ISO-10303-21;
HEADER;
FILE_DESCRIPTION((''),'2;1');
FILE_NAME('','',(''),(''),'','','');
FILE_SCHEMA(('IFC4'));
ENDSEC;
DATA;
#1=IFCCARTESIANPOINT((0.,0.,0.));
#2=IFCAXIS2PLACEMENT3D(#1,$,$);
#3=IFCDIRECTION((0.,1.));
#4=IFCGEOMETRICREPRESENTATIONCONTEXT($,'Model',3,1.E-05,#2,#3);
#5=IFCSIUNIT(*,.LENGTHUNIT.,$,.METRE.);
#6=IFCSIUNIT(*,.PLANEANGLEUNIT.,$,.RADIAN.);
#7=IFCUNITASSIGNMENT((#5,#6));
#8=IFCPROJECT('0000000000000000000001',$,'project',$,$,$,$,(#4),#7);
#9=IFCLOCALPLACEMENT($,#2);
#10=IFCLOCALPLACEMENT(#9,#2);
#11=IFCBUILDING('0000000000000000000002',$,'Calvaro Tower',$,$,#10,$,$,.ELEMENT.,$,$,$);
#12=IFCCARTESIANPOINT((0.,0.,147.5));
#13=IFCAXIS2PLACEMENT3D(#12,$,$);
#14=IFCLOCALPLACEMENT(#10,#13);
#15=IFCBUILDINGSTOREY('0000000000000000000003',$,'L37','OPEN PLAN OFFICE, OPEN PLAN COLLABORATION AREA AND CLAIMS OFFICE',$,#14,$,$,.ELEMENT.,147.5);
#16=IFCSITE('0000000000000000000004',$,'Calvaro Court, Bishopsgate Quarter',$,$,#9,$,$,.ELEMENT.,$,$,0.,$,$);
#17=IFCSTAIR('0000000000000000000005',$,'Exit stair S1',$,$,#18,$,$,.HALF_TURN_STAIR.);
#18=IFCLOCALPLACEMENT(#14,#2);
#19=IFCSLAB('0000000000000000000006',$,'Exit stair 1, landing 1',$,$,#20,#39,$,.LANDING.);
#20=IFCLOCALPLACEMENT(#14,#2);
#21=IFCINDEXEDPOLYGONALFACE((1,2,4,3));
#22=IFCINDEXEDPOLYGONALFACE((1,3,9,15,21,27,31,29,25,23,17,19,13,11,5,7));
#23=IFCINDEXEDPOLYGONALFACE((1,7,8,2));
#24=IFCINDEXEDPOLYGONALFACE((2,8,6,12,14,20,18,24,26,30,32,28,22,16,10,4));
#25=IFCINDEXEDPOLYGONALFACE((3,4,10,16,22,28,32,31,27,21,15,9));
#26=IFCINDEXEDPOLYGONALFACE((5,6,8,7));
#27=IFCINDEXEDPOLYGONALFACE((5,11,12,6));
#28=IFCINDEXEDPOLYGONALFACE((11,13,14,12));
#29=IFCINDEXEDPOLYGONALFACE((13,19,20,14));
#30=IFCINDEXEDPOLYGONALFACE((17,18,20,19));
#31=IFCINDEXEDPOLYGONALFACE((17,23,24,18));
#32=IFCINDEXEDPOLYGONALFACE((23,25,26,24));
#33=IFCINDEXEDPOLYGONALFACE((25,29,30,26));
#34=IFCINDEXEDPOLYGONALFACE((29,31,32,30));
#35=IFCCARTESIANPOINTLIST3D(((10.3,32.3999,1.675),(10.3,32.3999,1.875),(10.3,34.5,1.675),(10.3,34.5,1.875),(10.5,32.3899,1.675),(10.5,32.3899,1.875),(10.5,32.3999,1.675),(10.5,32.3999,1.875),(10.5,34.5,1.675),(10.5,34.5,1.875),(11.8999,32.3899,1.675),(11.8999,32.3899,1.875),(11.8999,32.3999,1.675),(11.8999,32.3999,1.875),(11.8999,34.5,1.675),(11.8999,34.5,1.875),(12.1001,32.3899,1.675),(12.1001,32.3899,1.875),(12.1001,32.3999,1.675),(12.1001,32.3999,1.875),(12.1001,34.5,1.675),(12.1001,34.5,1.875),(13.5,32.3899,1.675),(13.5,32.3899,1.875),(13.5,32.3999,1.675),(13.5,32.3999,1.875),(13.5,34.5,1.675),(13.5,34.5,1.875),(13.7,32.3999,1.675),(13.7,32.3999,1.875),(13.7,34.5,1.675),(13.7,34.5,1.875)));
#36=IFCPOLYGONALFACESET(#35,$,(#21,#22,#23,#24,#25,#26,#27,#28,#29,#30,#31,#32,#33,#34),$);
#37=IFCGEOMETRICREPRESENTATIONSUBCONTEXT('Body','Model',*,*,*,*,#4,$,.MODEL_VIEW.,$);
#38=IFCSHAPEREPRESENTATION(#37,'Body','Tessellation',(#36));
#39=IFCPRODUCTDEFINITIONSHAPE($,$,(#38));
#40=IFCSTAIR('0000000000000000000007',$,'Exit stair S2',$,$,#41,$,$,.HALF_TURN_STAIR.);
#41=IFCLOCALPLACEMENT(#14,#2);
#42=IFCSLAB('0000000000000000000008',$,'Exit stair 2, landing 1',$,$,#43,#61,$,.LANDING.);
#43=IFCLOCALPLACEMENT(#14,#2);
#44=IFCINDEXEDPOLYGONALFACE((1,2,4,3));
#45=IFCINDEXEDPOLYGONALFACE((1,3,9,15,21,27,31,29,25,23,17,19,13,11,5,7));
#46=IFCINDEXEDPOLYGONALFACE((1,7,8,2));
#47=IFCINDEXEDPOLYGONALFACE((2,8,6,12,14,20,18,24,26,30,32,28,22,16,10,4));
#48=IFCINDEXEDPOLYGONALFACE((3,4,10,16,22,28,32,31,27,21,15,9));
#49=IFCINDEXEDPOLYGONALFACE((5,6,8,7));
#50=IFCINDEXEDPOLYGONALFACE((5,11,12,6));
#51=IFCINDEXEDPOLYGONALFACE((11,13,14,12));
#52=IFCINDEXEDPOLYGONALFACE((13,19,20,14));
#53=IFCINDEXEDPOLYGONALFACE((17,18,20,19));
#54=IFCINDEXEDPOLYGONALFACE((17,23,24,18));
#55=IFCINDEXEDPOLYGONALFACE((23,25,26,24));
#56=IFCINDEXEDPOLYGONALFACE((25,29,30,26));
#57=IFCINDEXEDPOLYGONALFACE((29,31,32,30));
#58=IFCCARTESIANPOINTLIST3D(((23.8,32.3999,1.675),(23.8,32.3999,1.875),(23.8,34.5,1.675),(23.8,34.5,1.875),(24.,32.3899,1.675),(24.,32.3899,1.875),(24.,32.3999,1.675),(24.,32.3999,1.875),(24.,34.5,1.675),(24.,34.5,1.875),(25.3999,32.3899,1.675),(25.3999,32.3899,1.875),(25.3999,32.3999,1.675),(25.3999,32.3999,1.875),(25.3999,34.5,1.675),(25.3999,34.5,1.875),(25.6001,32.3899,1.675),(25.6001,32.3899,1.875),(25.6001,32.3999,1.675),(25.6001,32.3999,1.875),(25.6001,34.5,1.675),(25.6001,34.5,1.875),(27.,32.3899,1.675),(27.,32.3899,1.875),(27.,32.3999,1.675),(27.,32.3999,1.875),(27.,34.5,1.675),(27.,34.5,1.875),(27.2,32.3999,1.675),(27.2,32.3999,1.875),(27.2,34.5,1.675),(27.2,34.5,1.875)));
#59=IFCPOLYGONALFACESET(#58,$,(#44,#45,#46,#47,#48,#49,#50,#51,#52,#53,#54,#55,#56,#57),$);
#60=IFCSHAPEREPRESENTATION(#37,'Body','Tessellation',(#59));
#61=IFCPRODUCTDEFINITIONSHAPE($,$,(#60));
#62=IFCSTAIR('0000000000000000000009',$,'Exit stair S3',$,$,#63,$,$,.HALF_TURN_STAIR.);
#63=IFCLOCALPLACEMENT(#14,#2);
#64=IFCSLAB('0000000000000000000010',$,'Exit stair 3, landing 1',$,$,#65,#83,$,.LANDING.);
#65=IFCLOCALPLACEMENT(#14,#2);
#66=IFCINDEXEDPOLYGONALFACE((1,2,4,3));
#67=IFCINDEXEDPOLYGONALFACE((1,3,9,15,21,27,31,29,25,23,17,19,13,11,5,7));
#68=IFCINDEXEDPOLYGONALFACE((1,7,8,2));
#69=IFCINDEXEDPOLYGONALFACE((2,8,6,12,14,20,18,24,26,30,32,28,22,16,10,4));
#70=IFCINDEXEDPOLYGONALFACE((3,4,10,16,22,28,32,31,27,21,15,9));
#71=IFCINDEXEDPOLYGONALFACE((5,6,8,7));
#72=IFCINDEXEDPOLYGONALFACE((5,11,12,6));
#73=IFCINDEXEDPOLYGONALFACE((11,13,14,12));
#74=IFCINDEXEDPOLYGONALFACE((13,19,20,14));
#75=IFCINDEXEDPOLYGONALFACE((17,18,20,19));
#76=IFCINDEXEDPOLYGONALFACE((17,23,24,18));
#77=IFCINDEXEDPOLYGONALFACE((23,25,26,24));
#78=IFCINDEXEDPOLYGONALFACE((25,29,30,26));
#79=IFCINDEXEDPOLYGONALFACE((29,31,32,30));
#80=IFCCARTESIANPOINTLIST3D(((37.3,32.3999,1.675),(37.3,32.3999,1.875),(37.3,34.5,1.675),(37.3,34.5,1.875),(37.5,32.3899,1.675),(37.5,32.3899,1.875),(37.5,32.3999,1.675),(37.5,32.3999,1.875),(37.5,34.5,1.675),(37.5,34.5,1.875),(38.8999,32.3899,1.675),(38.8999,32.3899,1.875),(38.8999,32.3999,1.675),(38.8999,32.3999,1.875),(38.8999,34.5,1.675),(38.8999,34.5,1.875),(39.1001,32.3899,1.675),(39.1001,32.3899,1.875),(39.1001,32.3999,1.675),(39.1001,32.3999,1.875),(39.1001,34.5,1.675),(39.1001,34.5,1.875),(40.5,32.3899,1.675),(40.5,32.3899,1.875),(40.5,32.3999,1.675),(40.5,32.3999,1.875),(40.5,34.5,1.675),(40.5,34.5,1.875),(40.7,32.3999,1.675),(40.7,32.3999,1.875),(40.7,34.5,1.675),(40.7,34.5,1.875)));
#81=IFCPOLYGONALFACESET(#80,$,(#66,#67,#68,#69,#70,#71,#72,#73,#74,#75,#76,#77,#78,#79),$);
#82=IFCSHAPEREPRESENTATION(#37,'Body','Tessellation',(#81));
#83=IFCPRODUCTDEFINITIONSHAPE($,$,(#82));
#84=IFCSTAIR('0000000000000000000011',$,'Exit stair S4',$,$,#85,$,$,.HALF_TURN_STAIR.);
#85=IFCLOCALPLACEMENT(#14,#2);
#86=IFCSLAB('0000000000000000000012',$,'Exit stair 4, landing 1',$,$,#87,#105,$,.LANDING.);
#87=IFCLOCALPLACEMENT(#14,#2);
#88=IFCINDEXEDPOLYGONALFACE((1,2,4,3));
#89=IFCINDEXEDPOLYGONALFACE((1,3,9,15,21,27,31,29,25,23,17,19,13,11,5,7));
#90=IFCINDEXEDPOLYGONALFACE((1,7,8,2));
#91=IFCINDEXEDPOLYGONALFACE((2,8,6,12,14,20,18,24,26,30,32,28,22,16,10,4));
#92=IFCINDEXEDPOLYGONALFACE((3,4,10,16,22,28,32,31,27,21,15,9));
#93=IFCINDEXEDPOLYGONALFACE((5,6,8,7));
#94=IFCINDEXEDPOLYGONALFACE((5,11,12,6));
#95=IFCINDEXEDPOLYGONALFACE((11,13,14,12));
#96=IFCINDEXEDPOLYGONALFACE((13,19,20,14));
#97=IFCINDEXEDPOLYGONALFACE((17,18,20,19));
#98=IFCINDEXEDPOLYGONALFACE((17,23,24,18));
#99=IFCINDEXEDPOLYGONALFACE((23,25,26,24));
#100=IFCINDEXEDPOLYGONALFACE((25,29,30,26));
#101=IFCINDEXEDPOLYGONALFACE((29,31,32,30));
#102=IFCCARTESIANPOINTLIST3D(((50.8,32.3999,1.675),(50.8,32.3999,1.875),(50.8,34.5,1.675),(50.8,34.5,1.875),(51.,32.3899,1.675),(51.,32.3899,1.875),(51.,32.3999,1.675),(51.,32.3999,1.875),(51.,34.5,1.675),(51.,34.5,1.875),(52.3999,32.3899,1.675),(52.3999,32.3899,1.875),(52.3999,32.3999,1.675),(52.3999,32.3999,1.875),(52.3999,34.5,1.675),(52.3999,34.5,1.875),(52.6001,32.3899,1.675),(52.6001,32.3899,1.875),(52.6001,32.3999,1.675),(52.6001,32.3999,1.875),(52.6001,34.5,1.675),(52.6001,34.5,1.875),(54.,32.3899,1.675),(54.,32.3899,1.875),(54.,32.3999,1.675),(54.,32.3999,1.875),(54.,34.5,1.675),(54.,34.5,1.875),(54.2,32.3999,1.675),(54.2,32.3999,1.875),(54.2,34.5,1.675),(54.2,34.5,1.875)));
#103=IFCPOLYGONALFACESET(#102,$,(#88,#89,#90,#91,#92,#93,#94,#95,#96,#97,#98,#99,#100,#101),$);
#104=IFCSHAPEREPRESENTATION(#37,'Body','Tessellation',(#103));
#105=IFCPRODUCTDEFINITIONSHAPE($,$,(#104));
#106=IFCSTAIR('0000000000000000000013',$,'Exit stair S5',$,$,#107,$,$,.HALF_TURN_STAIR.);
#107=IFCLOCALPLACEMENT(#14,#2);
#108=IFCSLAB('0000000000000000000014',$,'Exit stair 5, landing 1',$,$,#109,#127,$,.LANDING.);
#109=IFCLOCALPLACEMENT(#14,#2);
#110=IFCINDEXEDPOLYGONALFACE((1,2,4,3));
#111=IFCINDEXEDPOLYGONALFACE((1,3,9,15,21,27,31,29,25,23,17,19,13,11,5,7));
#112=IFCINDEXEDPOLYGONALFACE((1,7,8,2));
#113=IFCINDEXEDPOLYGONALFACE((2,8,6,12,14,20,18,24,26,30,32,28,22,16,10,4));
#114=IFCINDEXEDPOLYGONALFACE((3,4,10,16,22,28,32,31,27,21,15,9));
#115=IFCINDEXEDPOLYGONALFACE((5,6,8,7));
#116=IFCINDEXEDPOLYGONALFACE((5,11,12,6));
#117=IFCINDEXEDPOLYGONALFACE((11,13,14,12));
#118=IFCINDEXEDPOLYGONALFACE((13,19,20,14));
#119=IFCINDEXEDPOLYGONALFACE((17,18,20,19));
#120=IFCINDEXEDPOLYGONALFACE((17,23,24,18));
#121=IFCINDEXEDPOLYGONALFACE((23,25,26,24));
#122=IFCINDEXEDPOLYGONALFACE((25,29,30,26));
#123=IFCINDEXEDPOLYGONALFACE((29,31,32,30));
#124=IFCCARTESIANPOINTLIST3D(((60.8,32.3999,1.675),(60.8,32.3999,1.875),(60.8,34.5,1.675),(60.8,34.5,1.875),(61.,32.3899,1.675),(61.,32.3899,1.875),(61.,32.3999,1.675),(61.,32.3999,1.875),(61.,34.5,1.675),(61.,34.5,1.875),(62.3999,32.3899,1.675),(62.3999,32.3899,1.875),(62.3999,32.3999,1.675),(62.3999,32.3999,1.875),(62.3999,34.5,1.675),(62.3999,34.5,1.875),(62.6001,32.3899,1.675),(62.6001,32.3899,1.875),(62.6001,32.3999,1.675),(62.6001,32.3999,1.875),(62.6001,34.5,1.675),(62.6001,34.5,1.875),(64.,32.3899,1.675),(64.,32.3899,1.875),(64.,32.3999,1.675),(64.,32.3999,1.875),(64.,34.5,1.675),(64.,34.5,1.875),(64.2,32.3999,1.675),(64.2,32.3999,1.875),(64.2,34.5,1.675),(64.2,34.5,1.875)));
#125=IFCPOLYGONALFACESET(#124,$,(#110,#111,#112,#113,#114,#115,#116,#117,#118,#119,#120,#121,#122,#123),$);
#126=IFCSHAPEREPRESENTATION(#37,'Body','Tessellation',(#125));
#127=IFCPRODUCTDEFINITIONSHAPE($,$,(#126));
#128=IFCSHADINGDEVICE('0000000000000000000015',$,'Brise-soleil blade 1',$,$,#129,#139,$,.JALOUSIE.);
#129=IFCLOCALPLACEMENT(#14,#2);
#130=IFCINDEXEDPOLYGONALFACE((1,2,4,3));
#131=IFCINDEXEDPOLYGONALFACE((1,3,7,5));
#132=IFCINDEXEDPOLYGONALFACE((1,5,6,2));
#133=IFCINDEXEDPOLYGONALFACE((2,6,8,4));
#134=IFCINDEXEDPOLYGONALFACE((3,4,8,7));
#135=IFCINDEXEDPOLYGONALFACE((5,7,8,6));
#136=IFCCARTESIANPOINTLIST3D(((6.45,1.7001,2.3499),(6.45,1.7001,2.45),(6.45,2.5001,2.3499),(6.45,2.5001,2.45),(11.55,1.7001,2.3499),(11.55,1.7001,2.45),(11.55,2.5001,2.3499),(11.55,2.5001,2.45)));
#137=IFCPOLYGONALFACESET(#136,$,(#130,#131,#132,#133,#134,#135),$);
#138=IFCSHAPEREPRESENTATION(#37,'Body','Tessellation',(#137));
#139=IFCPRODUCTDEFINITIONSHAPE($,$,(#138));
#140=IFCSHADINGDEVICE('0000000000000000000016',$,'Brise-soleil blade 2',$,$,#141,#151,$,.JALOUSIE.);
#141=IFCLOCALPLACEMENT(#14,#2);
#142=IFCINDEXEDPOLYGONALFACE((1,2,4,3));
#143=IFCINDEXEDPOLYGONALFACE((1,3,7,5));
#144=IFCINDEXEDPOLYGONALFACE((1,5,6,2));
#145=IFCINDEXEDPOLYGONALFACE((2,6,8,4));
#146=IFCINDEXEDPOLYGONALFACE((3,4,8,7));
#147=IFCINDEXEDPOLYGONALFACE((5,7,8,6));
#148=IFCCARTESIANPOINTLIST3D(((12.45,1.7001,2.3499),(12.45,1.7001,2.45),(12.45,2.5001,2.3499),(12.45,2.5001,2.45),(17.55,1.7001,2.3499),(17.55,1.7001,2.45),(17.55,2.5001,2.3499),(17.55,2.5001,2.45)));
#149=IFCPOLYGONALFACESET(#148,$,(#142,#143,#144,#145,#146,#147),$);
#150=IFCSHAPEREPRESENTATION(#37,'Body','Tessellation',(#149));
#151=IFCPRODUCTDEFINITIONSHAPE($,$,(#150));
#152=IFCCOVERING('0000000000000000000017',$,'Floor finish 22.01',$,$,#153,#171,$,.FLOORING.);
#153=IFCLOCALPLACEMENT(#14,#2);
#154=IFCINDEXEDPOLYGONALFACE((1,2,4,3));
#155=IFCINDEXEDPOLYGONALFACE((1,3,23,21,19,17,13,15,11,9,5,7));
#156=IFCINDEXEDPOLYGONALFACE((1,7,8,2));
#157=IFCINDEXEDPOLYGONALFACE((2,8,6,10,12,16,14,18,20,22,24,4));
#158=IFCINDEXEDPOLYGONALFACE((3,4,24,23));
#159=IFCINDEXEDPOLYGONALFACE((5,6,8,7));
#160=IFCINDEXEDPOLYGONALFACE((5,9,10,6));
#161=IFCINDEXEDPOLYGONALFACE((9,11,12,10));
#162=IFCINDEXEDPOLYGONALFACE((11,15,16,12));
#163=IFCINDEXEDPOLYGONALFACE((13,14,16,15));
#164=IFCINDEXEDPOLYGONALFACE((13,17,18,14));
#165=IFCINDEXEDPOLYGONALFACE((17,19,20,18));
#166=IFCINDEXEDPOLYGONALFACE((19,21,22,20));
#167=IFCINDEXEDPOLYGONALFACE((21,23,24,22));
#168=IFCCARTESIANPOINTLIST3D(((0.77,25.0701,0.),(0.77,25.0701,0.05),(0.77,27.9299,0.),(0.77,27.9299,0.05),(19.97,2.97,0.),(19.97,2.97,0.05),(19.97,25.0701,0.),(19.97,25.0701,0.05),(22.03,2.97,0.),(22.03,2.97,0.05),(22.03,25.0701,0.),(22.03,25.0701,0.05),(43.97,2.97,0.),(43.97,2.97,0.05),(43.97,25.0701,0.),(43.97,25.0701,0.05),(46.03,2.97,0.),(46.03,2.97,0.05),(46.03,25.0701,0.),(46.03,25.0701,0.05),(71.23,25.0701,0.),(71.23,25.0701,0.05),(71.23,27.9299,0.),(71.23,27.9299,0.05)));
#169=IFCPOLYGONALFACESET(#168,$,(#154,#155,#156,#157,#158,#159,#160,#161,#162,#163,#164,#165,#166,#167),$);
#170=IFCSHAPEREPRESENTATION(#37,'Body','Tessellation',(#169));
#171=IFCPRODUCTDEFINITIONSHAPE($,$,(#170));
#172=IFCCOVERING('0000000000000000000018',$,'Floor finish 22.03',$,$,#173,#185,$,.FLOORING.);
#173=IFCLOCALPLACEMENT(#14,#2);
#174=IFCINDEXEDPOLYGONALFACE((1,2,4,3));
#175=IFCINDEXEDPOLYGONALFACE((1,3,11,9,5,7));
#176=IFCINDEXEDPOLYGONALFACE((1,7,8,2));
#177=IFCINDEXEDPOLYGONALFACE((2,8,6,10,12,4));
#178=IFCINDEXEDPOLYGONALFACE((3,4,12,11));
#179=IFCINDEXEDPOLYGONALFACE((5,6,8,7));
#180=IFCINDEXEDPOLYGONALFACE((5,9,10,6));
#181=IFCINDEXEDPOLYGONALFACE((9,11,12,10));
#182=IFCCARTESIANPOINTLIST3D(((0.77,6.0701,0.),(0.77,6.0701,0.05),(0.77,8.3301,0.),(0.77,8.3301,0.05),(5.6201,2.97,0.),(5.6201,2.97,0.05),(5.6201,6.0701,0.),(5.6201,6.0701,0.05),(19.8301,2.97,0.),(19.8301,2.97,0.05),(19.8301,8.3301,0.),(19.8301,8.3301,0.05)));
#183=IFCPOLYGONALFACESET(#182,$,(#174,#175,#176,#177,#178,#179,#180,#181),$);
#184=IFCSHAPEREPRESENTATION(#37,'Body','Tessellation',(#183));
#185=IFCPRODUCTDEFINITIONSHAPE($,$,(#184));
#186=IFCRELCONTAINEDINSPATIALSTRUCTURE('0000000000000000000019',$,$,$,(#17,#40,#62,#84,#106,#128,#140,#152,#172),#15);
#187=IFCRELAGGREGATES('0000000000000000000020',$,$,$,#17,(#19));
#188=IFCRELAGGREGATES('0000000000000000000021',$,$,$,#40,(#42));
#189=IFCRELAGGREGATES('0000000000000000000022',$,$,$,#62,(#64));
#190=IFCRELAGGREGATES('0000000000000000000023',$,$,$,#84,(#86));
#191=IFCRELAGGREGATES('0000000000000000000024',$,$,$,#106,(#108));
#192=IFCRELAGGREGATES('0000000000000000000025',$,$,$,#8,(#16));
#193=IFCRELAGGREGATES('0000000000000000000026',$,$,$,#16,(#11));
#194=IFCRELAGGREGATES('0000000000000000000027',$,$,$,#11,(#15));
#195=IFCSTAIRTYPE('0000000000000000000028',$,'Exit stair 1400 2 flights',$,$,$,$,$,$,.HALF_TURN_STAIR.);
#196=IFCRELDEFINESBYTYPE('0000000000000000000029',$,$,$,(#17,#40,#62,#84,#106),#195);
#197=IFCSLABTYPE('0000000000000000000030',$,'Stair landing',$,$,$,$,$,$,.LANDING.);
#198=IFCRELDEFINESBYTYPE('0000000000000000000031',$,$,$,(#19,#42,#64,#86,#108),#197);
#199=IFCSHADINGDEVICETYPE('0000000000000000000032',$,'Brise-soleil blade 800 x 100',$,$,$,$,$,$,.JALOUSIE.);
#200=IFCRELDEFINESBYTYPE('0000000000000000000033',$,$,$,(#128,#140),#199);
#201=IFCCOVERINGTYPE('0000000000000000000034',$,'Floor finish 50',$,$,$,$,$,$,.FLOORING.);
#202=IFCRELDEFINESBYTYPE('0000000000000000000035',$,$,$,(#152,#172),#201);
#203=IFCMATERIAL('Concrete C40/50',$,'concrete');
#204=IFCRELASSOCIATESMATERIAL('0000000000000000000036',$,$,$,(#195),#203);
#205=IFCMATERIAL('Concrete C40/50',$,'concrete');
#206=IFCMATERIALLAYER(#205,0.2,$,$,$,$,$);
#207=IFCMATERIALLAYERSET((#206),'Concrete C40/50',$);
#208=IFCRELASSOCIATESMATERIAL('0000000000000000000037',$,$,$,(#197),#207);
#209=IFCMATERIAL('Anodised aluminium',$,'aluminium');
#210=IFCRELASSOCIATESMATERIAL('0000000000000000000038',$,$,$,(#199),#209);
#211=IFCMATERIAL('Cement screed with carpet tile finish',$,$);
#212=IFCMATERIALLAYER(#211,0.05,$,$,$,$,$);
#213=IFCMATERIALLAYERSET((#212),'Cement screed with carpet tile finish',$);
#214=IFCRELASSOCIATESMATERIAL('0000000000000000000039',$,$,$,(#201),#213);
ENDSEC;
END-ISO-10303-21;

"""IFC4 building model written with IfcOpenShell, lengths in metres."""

from ifc_helpers import new_model, si_unit, direction, frame, origin, origin_2d, place, context, subcontext, project, spatial, polyline, rectangle, outline, extrude, material, layer, layer_set, material_profile, profile_set, type_object, element, aggregate, save


model = new_model("IFC4")

# Units and contexts
model_context = context("Model", 3, precision=1e-05, world=origin(), true_north=direction((0.0, 1.0)))
body_context = subcontext(model_context, "Body", "Model", "MODEL_VIEW")
ifc_project = project(units=[si_unit("LENGTHUNIT", "METRE"), si_unit("PLANEANGLEUNIT", "RADIAN")], contexts=[model_context])

# Site, building, storey
site_placement = place(None, origin())
site = spatial("IfcSite", under=ifc_project, at=site_placement, Name="Calvaro Court, Bishopsgate Quarter", CompositionType="ELEMENT", RefElevation=0.0)
building_placement = place(site_placement, origin())
building = spatial("IfcBuilding", under=site, at=building_placement, Name="Calvaro Tower", CompositionType="ELEMENT")
storey_placement = place(building_placement, frame((0.0, 0.0, 147.5)))
storey = spatial("IfcBuildingStorey", under=building, at=storey_placement, Name="L37", Description="OPEN PLAN OFFICE, OPEN PLAN COLLABORATION AREA AND CLAIMS OFFICE", CompositionType="ELEMENT", Elevation=147.5)

# Stairs, slabs
ifc_material_1 = material(Name="Concrete C40/50", Category="concrete")
stair_type = type_object("IfcStairType", Name="Exit stair 1400 2 flights", PredefinedType="HALF_TURN_STAIR", material=ifc_material_1)
stair_1_placement = place(storey_placement, origin())
stair_1 = element("IfcStair", 1, at=stair_1_placement, inside=storey, type_object=stair_type, Name="Exit stair S1", PredefinedType="HALF_TURN_STAIR")
ifc_material_2 = material(Name="Concrete C40/50", Category="concrete")
ifc_layer_1 = layer(ifc_material_2, 0.2)
ifc_layer_set_1 = layer_set([ifc_layer_1], Name="Concrete C40/50")
slab_type_1 = type_object("IfcSlabType", Name="Stair landing", PredefinedType="LANDING", material=ifc_layer_set_1)
slab_1_placement = place(storey_placement, frame((0.0, 0.0, 1.675)))
slab_1 = element("IfcSlab", 2, at=slab_1_placement, type_object=slab_type_1, Name="Exit stair 1, landing 1", PredefinedType="LANDING", context=body_context, shape_type="SweptSolid", body=[
    extrude(outline(polyline([(11.8999, 32.3899), (10.5, 32.3899), (10.5, 32.3999), (10.3, 32.3999), (10.3, 34.5), (10.5, 34.5), (11.8999, 34.5), (12.1001, 34.5), (13.5, 34.5), (13.7, 34.5), (13.7, 32.3999), (13.5, 32.3999), (13.5, 32.3899), (12.1001, 32.3899), (12.1001, 32.3999), (11.8999, 32.3999), (11.8999, 32.3899)])), origin(), (0.0, 0.0, 1.0), 0.2),
])
aggregate(stair_1, [slab_1])
stair_2_placement = place(storey_placement, origin())
stair_2 = element("IfcStair", 3, at=stair_2_placement, inside=storey, type_object=stair_type, Name="Exit stair S2", PredefinedType="HALF_TURN_STAIR")
slab_2_placement = place(storey_placement, frame((0.0, 0.0, 1.675)))
slab_2 = element("IfcSlab", 4, at=slab_2_placement, type_object=slab_type_1, Name="Exit stair 2, landing 1", PredefinedType="LANDING", context=body_context, shape_type="SweptSolid", body=[
    extrude(outline(polyline([(25.3999, 32.3899), (24.0, 32.3899), (24.0, 32.3999), (23.8, 32.3999), (23.8, 34.5), (24.0, 34.5), (25.3999, 34.5), (25.6001, 34.5), (27.0, 34.5), (27.2, 34.5), (27.2, 32.3999), (27.0, 32.3999), (27.0, 32.3899), (25.6001, 32.3899), (25.6001, 32.3999), (25.3999, 32.3999), (25.3999, 32.3899)])), origin(), (0.0, 0.0, 1.0), 0.2),
])
aggregate(stair_2, [slab_2])
stair_3_placement = place(storey_placement, origin())
stair_3 = element("IfcStair", 5, at=stair_3_placement, inside=storey, type_object=stair_type, Name="Exit stair S3", PredefinedType="HALF_TURN_STAIR")
slab_3_placement = place(storey_placement, frame((0.0, 0.0, 1.675)))
slab_3 = element("IfcSlab", 6, at=slab_3_placement, type_object=slab_type_1, Name="Exit stair 3, landing 1", PredefinedType="LANDING", context=body_context, shape_type="SweptSolid", body=[
    extrude(outline(polyline([(38.8999, 32.3899), (37.5, 32.3899), (37.5, 32.3999), (37.3, 32.3999), (37.3, 34.5), (37.5, 34.5), (38.8999, 34.5), (39.1001, 34.5), (40.5, 34.5), (40.7, 34.5), (40.7, 32.3999), (40.5, 32.3999), (40.5, 32.3899), (39.1001, 32.3899), (39.1001, 32.3999), (38.8999, 32.3999), (38.8999, 32.3899)])), origin(), (0.0, 0.0, 1.0), 0.2),
])
aggregate(stair_3, [slab_3])
stair_4_placement = place(storey_placement, origin())
stair_4 = element("IfcStair", 7, at=stair_4_placement, inside=storey, type_object=stair_type, Name="Exit stair S4", PredefinedType="HALF_TURN_STAIR")
slab_4_placement = place(storey_placement, frame((0.0, 0.0, 1.675)))
slab_4 = element("IfcSlab", 8, at=slab_4_placement, type_object=slab_type_1, Name="Exit stair 4, landing 1", PredefinedType="LANDING", context=body_context, shape_type="SweptSolid", body=[
    extrude(outline(polyline([(52.3999, 32.3899), (51.0, 32.3899), (51.0, 32.3999), (50.8, 32.3999), (50.8, 34.5), (51.0, 34.5), (52.3999, 34.5), (52.6001, 34.5), (54.0, 34.5), (54.2, 34.5), (54.2, 32.3999), (54.0, 32.3999), (54.0, 32.3899), (52.6001, 32.3899), (52.6001, 32.3999), (52.3999, 32.3999), (52.3999, 32.3899)])), origin(), (0.0, 0.0, 1.0), 0.2),
])
aggregate(stair_4, [slab_4])
stair_5_placement = place(storey_placement, origin())
stair_5 = element("IfcStair", 9, at=stair_5_placement, inside=storey, type_object=stair_type, Name="Exit stair S5", PredefinedType="HALF_TURN_STAIR")
slab_5_placement = place(storey_placement, frame((0.0, 0.0, 1.675)))
slab_5 = element("IfcSlab", 10, at=slab_5_placement, type_object=slab_type_1, Name="Exit stair 5, landing 1", PredefinedType="LANDING", context=body_context, shape_type="SweptSolid", body=[
    extrude(outline(polyline([(62.3999, 32.3899), (61.0, 32.3899), (61.0, 32.3999), (60.8, 32.3999), (60.8, 34.5), (61.0, 34.5), (62.3999, 34.5), (62.6001, 34.5), (64.0, 34.5), (64.2, 34.5), (64.2, 32.3999), (64.0, 32.3999), (64.0, 32.3899), (62.6001, 32.3899), (62.6001, 32.3999), (62.3999, 32.3999), (62.3999, 32.3899)])), origin(), (0.0, 0.0, 1.0), 0.2),
])
aggregate(stair_5, [slab_5])

# Shading devices
ifc_material_3 = material(Name="Anodised aluminium", Category="aluminium")
ifc_material_profile_1 = material_profile(ifc_material_3, rectangle(XDim=0.8, YDim=0.1001, at=origin_2d()), Name="Brise-soleil blade 800 x 100")
ifc_profile_set_1 = profile_set([ifc_material_profile_1], Name="Anodised aluminium")
shading_device_type = type_object("IfcShadingDeviceType", Name="Brise-soleil blade 800 x 100", PredefinedType="JALOUSIE", material=ifc_profile_set_1)
for number, where, z_axis, x_axis, name in (
    (11, (6.45, 2.1001, 2.3999), (1.0, 0.0, 0.0), (0.0, 1.0, 0.0), "Brise-soleil blade 1"),
    (12, (12.45, 2.1001, 2.3999), (1.0, 0.0, 0.0), (0.0, 1.0, 0.0), "Brise-soleil blade 2"),
):
    element("IfcShadingDevice", number, at=place(storey_placement, frame(where, z_axis=z_axis, x_axis=x_axis)), inside=storey, type_object=shading_device_type, Name=name, PredefinedType="JALOUSIE", context=body_context, shape_type="SweptSolid", body=[
        extrude(rectangle(XDim=0.8, YDim=0.1001, at=origin_2d()), origin(), (0.0, 0.0, 1.0), 5.1001),
    ])

# Coverings
ifc_material_4 = material(Name="Cement screed with carpet tile finish")
ifc_layer_2 = layer(ifc_material_4, 0.05)
ifc_layer_set_2 = layer_set([ifc_layer_2], Name="Cement screed with carpet tile finish")
covering_type = type_object("IfcCoveringType", Name="Floor finish 50", PredefinedType="FLOORING", material=ifc_layer_set_2)
covering_1_placement = place(storey_placement, origin())
element("IfcCovering", 13, at=covering_1_placement, inside=storey, type_object=covering_type, Name="Floor finish 22.01", PredefinedType="FLOORING", context=body_context, shape_type="SweptSolid", body=[
    extrude(outline(polyline([(19.97, 2.97), (19.97, 25.0701), (0.77, 25.0701), (0.77, 27.9299), (71.23, 27.9299), (71.23, 25.0701), (46.03, 25.0701), (46.03, 2.97), (43.97, 2.97), (43.97, 25.0701), (22.03, 25.0701), (22.03, 2.97), (19.97, 2.97)])), origin(), (0.0, 0.0, 1.0), 0.05),
])
covering_2_placement = place(storey_placement, origin())
element("IfcCovering", 14, at=covering_2_placement, inside=storey, type_object=covering_type, Name="Floor finish 22.03", PredefinedType="FLOORING", context=body_context, shape_type="SweptSolid", body=[
    extrude(outline(polyline([(19.8301, 8.3301), (19.8301, 2.97), (5.6201, 2.97), (5.6201, 6.0701), (0.77, 6.0701), (0.77, 8.3301), (19.8301, 8.3301)])), origin(), (0.0, 0.0, 1.0), 0.05),
])

save(model, "model.ifc")
